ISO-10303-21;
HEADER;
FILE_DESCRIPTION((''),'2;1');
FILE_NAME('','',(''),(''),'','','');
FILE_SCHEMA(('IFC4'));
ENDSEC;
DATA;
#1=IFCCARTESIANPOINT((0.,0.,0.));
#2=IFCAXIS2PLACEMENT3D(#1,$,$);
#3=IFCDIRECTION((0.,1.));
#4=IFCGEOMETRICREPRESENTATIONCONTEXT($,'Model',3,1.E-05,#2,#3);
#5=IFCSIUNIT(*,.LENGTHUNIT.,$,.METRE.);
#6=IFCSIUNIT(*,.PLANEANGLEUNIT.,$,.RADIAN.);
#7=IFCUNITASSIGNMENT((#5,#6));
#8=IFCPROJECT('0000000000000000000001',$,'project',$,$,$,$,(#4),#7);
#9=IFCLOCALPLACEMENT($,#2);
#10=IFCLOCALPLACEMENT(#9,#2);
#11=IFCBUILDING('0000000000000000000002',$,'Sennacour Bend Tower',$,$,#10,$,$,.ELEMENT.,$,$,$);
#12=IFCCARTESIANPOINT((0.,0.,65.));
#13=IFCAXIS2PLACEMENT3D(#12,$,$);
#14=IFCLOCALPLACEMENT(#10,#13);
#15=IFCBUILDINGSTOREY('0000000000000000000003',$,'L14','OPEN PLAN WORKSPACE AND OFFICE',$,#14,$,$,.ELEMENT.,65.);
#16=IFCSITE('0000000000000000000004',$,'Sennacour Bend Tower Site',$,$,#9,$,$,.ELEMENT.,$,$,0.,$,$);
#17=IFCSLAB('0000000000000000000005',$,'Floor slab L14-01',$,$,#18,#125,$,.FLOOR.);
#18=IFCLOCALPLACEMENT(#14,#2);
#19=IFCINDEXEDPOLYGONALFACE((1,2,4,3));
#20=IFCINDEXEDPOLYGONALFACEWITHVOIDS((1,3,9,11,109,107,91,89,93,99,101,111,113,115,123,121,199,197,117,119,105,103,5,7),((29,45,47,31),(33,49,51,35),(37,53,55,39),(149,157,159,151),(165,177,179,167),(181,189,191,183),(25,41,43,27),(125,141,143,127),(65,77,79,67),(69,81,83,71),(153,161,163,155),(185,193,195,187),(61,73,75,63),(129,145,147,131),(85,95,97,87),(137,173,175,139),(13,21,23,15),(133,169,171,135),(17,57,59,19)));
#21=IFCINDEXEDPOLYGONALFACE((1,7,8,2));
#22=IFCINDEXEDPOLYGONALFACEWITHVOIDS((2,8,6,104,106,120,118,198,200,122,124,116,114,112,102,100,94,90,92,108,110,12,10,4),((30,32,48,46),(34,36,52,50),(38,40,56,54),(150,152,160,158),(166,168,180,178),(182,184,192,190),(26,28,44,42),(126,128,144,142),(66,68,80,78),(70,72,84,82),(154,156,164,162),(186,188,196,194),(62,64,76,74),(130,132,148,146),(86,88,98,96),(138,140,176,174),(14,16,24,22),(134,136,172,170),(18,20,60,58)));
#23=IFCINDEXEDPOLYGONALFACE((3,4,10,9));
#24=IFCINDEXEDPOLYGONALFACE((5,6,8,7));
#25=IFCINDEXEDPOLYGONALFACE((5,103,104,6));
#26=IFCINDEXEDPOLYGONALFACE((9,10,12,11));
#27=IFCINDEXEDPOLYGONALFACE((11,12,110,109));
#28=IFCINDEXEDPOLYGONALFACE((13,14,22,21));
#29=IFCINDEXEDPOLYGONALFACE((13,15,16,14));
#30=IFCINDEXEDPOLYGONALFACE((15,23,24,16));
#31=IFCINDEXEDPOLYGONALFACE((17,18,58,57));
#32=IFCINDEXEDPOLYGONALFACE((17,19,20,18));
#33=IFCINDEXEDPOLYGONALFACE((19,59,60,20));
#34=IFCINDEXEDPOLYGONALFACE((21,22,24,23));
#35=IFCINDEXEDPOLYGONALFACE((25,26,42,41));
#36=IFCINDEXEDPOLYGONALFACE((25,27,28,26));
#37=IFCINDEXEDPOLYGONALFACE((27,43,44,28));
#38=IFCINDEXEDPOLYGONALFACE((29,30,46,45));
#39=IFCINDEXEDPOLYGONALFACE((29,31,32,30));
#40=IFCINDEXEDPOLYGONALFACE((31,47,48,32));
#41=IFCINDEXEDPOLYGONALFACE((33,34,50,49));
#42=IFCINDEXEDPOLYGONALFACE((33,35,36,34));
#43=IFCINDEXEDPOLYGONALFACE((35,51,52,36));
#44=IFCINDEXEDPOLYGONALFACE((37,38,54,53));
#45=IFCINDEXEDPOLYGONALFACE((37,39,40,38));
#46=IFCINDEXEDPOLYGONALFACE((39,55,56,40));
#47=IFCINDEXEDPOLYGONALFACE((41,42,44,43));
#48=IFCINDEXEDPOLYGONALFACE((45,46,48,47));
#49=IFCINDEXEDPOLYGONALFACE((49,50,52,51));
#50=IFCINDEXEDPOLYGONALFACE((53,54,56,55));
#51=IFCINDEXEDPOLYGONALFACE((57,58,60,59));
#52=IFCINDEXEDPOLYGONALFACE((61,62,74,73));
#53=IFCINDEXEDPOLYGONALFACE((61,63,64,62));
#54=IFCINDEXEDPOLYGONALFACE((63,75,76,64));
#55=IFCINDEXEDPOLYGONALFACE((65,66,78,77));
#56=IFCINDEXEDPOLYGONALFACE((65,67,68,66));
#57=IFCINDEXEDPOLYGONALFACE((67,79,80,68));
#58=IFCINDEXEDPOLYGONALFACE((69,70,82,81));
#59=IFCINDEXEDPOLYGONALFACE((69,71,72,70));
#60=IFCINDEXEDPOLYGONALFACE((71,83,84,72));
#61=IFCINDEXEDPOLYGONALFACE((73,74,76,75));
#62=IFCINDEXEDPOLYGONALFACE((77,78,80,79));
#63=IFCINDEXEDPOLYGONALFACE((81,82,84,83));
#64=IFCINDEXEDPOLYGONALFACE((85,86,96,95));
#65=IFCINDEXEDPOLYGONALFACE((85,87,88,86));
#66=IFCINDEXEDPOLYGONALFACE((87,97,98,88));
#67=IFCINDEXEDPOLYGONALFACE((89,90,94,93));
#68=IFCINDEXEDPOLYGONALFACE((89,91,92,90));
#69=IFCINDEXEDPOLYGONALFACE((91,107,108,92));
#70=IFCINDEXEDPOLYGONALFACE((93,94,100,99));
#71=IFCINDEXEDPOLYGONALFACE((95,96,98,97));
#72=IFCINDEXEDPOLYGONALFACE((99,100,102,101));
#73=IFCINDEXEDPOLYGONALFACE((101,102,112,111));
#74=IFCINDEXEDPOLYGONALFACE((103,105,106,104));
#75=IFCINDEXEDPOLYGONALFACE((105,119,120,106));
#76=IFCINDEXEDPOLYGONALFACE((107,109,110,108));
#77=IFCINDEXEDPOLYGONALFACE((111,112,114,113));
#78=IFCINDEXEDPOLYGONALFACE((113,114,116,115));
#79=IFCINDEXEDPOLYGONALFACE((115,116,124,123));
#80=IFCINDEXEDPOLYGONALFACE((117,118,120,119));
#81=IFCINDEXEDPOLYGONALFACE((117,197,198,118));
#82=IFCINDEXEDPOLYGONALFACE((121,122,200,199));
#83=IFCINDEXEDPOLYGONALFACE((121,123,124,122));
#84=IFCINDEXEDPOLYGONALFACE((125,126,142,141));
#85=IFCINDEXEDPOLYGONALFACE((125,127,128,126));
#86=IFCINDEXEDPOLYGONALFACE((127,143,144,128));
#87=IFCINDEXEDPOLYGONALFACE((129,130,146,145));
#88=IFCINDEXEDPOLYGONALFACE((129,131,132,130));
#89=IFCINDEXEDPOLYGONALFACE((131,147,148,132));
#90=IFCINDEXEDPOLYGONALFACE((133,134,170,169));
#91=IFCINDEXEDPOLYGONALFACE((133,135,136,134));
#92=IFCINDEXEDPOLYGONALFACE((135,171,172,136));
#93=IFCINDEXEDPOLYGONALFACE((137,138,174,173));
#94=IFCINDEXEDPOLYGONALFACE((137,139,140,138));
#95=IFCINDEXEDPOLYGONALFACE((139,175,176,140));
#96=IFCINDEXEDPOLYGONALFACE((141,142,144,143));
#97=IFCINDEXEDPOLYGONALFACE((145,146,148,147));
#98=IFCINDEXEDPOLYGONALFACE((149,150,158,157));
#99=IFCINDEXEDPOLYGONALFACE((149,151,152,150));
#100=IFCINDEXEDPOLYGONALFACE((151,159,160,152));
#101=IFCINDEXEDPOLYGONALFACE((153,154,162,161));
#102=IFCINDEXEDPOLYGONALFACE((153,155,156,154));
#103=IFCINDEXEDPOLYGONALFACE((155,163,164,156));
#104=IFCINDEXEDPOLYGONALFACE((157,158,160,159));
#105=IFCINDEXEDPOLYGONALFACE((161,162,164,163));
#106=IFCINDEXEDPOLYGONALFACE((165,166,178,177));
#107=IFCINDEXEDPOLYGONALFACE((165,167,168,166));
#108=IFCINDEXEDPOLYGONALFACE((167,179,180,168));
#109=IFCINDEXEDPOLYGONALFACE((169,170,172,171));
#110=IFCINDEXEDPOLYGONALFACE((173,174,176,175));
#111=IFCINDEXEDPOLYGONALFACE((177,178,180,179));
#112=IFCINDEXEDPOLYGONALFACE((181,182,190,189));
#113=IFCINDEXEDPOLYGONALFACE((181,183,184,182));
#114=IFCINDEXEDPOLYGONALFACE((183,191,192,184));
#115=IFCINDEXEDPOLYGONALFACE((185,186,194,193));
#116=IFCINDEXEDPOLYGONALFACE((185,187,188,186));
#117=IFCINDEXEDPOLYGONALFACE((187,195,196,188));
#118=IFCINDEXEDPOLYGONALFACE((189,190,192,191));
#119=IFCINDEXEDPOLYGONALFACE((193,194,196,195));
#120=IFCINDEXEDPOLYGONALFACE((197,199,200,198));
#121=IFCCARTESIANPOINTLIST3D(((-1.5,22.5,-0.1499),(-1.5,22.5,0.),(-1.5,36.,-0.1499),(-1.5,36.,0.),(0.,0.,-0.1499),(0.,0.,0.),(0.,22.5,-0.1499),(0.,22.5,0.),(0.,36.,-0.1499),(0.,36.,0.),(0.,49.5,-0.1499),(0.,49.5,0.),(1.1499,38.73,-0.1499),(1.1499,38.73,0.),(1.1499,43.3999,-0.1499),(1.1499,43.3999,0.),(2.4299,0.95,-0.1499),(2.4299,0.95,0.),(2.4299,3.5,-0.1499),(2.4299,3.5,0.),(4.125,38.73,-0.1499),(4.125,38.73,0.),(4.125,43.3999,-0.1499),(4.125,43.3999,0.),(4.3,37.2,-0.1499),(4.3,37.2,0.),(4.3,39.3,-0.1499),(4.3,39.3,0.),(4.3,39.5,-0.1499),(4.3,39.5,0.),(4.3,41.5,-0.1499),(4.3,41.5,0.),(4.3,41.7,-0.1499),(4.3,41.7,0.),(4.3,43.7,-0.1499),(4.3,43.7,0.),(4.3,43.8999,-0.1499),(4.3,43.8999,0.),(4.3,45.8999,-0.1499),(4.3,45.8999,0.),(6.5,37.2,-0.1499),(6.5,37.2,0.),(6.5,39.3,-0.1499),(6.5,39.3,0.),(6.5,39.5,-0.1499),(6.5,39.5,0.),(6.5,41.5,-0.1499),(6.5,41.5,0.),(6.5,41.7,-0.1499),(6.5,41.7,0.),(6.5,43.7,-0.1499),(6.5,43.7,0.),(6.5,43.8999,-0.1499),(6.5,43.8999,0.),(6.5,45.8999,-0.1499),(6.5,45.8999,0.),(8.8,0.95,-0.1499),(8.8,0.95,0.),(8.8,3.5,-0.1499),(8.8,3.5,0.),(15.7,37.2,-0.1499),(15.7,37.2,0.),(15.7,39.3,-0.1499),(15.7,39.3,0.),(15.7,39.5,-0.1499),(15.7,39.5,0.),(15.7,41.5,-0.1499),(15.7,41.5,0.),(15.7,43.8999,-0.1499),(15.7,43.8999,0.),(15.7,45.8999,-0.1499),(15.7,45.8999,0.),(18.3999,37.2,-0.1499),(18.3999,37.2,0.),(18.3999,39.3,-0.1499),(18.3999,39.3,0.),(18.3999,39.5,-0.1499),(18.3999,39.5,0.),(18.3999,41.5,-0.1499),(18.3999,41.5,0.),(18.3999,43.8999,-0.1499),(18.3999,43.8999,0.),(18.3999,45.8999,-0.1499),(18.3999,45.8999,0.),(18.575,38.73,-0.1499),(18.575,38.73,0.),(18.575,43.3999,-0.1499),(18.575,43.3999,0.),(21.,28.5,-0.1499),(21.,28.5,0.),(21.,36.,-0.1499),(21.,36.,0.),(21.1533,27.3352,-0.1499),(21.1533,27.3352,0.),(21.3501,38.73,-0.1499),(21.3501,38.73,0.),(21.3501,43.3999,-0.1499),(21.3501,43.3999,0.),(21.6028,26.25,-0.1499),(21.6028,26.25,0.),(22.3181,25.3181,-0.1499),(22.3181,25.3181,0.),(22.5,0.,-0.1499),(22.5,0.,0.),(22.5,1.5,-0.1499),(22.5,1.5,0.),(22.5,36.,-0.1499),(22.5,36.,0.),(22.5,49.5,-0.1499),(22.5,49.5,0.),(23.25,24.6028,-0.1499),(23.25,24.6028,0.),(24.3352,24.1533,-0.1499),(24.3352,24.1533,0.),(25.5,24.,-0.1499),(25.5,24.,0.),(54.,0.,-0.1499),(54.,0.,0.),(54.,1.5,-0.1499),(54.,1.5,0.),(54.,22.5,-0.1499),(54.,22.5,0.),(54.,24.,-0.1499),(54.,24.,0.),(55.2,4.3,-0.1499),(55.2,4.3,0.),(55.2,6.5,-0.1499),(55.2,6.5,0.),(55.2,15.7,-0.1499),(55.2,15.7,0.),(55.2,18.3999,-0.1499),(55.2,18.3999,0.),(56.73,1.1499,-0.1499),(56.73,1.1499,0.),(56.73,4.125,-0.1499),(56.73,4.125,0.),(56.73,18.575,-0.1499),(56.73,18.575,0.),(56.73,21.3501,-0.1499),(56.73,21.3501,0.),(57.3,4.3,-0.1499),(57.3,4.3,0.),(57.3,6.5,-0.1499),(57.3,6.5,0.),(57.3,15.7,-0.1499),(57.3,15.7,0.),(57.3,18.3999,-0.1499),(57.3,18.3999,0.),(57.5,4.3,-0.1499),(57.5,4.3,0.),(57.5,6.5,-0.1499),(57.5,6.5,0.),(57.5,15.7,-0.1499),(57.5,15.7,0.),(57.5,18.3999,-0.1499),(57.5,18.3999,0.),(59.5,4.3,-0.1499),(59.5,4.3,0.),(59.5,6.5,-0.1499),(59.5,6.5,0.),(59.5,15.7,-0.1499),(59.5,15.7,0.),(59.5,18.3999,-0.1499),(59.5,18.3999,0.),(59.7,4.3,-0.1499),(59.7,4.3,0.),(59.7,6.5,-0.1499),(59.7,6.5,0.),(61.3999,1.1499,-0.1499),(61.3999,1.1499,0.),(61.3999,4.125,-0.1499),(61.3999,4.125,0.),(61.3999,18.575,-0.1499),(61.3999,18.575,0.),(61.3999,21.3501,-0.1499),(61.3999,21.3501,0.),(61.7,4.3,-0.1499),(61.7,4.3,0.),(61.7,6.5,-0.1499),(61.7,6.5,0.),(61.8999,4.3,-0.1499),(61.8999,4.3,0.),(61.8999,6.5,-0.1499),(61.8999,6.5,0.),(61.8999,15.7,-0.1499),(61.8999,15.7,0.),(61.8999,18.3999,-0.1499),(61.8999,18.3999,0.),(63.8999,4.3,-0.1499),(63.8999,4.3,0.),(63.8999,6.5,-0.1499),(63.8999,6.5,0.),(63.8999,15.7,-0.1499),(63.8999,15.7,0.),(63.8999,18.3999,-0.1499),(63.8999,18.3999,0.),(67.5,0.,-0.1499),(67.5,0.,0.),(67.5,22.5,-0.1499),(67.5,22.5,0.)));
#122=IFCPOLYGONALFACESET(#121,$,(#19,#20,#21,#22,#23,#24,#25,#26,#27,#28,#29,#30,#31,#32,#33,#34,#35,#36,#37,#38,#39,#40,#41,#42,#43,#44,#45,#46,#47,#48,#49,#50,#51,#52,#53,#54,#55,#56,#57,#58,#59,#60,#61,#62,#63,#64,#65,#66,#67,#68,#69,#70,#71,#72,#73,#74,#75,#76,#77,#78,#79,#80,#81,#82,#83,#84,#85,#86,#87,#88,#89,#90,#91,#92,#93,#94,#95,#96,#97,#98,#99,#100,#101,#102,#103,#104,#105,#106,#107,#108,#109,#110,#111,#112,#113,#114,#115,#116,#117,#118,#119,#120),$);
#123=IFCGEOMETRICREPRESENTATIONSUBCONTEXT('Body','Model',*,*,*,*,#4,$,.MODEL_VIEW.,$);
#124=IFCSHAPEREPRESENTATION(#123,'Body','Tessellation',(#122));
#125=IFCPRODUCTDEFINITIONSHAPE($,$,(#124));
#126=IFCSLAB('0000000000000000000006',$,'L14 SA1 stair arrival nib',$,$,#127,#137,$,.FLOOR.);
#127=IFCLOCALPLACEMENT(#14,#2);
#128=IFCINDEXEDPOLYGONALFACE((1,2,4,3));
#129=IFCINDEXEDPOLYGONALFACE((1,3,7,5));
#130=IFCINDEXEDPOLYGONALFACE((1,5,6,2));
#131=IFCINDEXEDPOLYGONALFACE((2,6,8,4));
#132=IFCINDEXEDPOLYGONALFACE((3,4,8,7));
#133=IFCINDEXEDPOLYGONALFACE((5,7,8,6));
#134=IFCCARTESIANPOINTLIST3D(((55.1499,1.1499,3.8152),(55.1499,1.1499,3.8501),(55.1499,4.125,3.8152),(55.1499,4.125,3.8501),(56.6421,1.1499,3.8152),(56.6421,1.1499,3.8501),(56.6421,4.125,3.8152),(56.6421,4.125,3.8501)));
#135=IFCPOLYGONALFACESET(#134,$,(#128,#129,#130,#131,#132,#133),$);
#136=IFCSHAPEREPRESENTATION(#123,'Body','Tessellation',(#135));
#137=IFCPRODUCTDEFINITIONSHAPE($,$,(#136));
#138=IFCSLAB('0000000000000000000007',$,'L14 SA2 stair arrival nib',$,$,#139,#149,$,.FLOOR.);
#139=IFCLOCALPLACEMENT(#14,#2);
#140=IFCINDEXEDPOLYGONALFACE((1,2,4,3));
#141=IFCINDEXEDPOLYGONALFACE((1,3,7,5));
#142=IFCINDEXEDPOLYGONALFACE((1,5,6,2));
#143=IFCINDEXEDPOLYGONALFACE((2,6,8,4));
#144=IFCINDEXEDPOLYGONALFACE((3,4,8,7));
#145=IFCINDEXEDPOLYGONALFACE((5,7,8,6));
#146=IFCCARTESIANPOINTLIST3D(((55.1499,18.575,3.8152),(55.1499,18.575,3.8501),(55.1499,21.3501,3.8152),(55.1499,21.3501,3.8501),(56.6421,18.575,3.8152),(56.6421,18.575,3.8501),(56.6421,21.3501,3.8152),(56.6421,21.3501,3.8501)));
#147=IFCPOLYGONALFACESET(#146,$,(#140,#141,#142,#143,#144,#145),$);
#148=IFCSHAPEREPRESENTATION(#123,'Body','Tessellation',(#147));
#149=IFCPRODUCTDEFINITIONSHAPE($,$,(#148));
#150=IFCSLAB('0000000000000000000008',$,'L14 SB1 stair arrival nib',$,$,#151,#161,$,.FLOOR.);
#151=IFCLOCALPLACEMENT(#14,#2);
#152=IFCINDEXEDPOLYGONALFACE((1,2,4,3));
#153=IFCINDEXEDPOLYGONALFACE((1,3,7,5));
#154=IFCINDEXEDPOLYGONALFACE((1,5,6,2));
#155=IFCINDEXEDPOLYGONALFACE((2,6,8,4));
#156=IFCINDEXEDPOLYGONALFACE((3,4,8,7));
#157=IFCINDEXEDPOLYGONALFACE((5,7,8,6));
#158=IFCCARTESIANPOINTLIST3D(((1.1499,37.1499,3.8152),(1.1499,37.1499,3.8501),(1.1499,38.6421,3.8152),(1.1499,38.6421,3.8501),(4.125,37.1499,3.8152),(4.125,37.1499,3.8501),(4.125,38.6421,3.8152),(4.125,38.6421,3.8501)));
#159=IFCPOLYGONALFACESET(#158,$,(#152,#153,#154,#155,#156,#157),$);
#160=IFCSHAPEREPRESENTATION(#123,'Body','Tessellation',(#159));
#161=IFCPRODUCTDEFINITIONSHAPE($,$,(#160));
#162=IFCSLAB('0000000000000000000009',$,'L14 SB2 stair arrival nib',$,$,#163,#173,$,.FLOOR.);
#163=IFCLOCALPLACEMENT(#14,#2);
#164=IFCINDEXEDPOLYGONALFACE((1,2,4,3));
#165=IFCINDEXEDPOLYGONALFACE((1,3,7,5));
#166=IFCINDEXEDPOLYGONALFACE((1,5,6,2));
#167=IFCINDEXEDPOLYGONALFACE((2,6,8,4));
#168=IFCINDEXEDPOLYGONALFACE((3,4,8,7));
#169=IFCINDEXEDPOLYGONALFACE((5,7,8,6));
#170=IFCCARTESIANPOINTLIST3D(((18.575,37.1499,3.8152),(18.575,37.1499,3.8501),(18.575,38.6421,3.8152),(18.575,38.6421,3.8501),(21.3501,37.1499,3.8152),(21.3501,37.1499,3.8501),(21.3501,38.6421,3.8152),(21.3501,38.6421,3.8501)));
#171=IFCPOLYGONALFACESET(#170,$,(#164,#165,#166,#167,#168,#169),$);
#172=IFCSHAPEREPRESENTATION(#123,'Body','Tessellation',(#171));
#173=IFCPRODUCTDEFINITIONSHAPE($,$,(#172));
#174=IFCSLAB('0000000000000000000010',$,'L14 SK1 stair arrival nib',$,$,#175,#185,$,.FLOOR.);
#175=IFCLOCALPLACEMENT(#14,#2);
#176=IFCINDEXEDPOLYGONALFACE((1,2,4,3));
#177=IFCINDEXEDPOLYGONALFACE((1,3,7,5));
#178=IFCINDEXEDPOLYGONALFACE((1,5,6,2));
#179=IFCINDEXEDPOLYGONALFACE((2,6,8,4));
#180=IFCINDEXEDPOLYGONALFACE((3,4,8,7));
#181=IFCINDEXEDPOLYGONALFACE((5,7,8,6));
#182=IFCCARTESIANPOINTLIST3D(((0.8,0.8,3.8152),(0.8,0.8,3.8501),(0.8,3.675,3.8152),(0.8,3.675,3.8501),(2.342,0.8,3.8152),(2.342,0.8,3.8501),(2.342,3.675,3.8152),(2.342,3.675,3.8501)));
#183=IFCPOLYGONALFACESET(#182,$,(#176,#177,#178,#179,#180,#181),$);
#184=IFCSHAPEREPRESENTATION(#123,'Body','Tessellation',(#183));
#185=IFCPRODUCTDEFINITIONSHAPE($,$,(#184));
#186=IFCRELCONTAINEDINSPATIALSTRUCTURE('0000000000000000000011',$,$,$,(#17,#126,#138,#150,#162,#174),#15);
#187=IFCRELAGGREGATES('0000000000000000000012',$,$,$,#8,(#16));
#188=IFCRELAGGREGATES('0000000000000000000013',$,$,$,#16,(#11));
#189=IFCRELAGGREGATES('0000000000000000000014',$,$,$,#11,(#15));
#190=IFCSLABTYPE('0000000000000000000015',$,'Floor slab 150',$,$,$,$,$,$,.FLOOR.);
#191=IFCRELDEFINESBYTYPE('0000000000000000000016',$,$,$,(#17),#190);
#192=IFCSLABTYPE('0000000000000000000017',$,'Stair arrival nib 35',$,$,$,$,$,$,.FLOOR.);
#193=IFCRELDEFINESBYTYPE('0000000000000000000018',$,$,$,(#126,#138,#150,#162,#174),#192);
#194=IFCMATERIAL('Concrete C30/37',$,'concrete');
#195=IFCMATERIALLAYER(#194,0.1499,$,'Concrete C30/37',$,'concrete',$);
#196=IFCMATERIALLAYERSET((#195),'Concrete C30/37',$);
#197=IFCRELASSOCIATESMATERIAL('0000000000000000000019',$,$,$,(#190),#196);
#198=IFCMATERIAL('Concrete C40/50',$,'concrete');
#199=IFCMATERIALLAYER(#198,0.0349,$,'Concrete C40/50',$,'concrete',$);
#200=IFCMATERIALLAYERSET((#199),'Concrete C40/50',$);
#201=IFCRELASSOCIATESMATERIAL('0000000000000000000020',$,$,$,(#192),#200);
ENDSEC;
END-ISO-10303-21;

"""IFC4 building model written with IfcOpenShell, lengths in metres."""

from ifc_helpers import new_model, si_unit, direction, frame, origin, place, context, subcontext, project, spatial, polyline, outline, extrude, material, layer, layer_set, type_object, element, save


model = new_model("IFC4")

# Units and contexts
model_context = context("Model", 3, precision=1e-05, world=origin(), true_north=direction((0.0, 1.0)))
body_context = subcontext(model_context, "Body", "Model", "MODEL_VIEW")
ifc_project = project(units=[si_unit("LENGTHUNIT", "METRE"), si_unit("PLANEANGLEUNIT", "RADIAN")], contexts=[model_context])

# Site, building, storey
site_placement = place(None, origin())
site = spatial("IfcSite", under=ifc_project, at=site_placement, Name="Sennacour Bend Tower Site", CompositionType="ELEMENT", RefElevation=0.0)
building_placement = place(site_placement, origin())
building = spatial("IfcBuilding", under=site, at=building_placement, Name="Sennacour Bend Tower", CompositionType="ELEMENT")
storey_placement = place(building_placement, frame((0.0, 0.0, 65.0)))
storey = spatial("IfcBuildingStorey", under=building, at=storey_placement, Name="L14", Description="OPEN PLAN WORKSPACE AND OFFICE", CompositionType="ELEMENT", Elevation=65.0)

# Slabs
ifc_material_1 = material(Name="Concrete C30/37", Category="concrete")
ifc_layer_1 = layer(ifc_material_1, 0.1499, Name="Concrete C30/37", Category="concrete")
ifc_layer_set_1 = layer_set([ifc_layer_1], Name="Concrete C30/37")
slab_type_1 = type_object("IfcSlabType", Name="Floor slab 150", PredefinedType="FLOOR", material=ifc_layer_set_1)
slab_1_placement = place(storey_placement, frame((0.0, 0.0, -0.1499)))
element("IfcSlab", 1, at=slab_1_placement, inside=storey, type_object=slab_type_1, Name="Floor slab L14-01", PredefinedType="FLOOR", context=body_context, shape_type="SweptSolid", body=[
    extrude(outline(polyline([(0.0, 22.5), (-1.5, 22.5), (-1.5, 36.0), (0.0, 36.0), (0.0, 49.5), (22.5, 49.5), (22.5, 36.0), (21.0, 36.0), (21.0, 28.5), (21.1533, 27.3352), (21.6028, 26.25), (22.3181, 25.3181), (23.25, 24.6028), (24.3352, 24.1533), (25.5, 24.0), (54.0, 24.0), (54.0, 22.5), (67.5, 22.5), (67.5, 0.0), (54.0, 0.0), (54.0, 1.5), (22.5, 1.5), (22.5, 0.0), (0.0, 0.0), (0.0, 22.5)]), holes=[polyline([(8.8, 0.95), (8.8, 3.5), (2.4299, 3.5), (2.4299, 0.95), (8.8, 0.95)]), polyline([(6.5, 37.2), (6.5, 39.3), (4.3, 39.3), (4.3, 37.2), (6.5, 37.2)]), polyline([(18.3999, 37.2), (18.3999, 39.3), (15.7, 39.3), (15.7, 37.2), (18.3999, 37.2)]), polyline([(6.5, 39.5), (6.5, 41.5), (4.3, 41.5), (4.3, 39.5), (6.5, 39.5)]), polyline([(18.3999, 39.5), (18.3999, 41.5), (15.7, 41.5), (15.7, 39.5), (18.3999, 39.5)]), polyline([(4.125, 38.73), (4.125, 43.3999), (1.1499, 43.3999), (1.1499, 38.73), (4.125, 38.73)]), polyline([(21.3501, 38.73), (21.3501, 43.3999), (18.575, 43.3999), (18.575, 38.73), (21.3501, 38.73)]), polyline([(4.3, 41.7), (6.5, 41.7), (6.5, 43.7), (4.3, 43.7), (4.3, 41.7)]), polyline([(4.3, 43.8999), (6.5, 43.8999), (6.5, 45.8999), (4.3, 45.8999), (4.3, 43.8999)]), polyline([(18.3999, 43.8999), (18.3999, 45.8999), (15.7, 45.8999), (15.7, 43.8999), (18.3999, 43.8999)]), polyline([(61.3999, 1.1499), (61.3999, 4.125), (56.73, 4.125), (56.73, 1.1499), (61.3999, 1.1499)]), polyline([(57.3, 4.3), (57.3, 6.5), (55.2, 6.5), (55.2, 4.3), (57.3, 4.3)]), polyline([(57.5, 4.3), (59.5, 4.3), (59.5, 6.5), (57.5, 6.5), (57.5, 4.3)]), polyline([(59.7, 4.3), (61.7, 4.3), (61.7, 6.5), (59.7, 6.5), (59.7, 4.3)]), polyline([(63.8999, 4.3), (63.8999, 6.5), (61.8999, 6.5), (61.8999, 4.3), (63.8999, 4.3)]), polyline([(57.3, 15.7), (57.3, 18.3999), (55.2, 18.3999), (55.2, 15.7), (57.3, 15.7)]), polyline([(59.5, 15.7), (59.5, 18.3999), (57.5, 18.3999), (57.5, 15.7), (59.5, 15.7)]), polyline([(61.8999, 15.7), (63.8999, 15.7), (63.8999, 18.3999), (61.8999, 18.3999), (61.8999, 15.7)]), polyline([(56.73, 18.575), (61.3999, 18.575), (61.3999, 21.3501), (56.73, 21.3501), (56.73, 18.575)])]), origin(), (0.0, 0.0, 1.0), 0.1499),
])
ifc_material_2 = material(Name="Concrete C40/50", Category="concrete")
ifc_layer_2 = layer(ifc_material_2, 0.0349, Name="Concrete C40/50", Category="concrete")
ifc_layer_set_2 = layer_set([ifc_layer_2], Name="Concrete C40/50")
slab_type_2 = type_object("IfcSlabType", Name="Stair arrival nib 35", PredefinedType="FLOOR", material=ifc_layer_set_2)
slab_2_placement = place(storey_placement, frame((0.0, 0.0, 3.8152)))
element("IfcSlab", 2, at=slab_2_placement, inside=storey, type_object=slab_type_2, Name="L14 SA1 stair arrival nib", PredefinedType="FLOOR", context=body_context, shape_type="SweptSolid", body=[
    extrude(outline(polyline([(56.6421, 4.125), (55.1499, 4.125), (55.1499, 1.1499), (56.6421, 1.1499), (56.6421, 4.125)])), origin(), (0.0, 0.0, 1.0), 0.0349),
])
slab_3_placement = place(storey_placement, frame((0.0, 0.0, 3.8152)))
element("IfcSlab", 3, at=slab_3_placement, inside=storey, type_object=slab_type_2, Name="L14 SA2 stair arrival nib", PredefinedType="FLOOR", context=body_context, shape_type="SweptSolid", body=[
    extrude(outline(polyline([(56.6421, 21.3501), (55.1499, 21.3501), (55.1499, 18.575), (56.6421, 18.575), (56.6421, 21.3501)])), origin(), (0.0, 0.0, 1.0), 0.0349),
])
slab_4_placement = place(storey_placement, frame((0.0, 0.0, 3.8152)))
element("IfcSlab", 4, at=slab_4_placement, inside=storey, type_object=slab_type_2, Name="L14 SB1 stair arrival nib", PredefinedType="FLOOR", context=body_context, shape_type="SweptSolid", body=[
    extrude(outline(polyline([(1.1499, 38.6421), (1.1499, 37.1499), (4.125, 37.1499), (4.125, 38.6421), (1.1499, 38.6421)])), origin(), (0.0, 0.0, 1.0), 0.0349),
])
slab_5_placement = place(storey_placement, frame((0.0, 0.0, 3.8152)))
element("IfcSlab", 5, at=slab_5_placement, inside=storey, type_object=slab_type_2, Name="L14 SB2 stair arrival nib", PredefinedType="FLOOR", context=body_context, shape_type="SweptSolid", body=[
    extrude(outline(polyline([(18.575, 38.6421), (18.575, 37.1499), (21.3501, 37.1499), (21.3501, 38.6421), (18.575, 38.6421)])), origin(), (0.0, 0.0, 1.0), 0.0349),
])
slab_6_placement = place(storey_placement, frame((0.0, 0.0, 3.8152)))
element("IfcSlab", 6, at=slab_6_placement, inside=storey, type_object=slab_type_2, Name="L14 SK1 stair arrival nib", PredefinedType="FLOOR", context=body_context, shape_type="SweptSolid", body=[
    extrude(outline(polyline([(2.342, 3.675), (0.8, 3.675), (0.8, 0.8), (2.342, 0.8), (2.342, 3.675)])), origin(), (0.0, 0.0, 1.0), 0.0349),
])

save(model, "model.ifc")
